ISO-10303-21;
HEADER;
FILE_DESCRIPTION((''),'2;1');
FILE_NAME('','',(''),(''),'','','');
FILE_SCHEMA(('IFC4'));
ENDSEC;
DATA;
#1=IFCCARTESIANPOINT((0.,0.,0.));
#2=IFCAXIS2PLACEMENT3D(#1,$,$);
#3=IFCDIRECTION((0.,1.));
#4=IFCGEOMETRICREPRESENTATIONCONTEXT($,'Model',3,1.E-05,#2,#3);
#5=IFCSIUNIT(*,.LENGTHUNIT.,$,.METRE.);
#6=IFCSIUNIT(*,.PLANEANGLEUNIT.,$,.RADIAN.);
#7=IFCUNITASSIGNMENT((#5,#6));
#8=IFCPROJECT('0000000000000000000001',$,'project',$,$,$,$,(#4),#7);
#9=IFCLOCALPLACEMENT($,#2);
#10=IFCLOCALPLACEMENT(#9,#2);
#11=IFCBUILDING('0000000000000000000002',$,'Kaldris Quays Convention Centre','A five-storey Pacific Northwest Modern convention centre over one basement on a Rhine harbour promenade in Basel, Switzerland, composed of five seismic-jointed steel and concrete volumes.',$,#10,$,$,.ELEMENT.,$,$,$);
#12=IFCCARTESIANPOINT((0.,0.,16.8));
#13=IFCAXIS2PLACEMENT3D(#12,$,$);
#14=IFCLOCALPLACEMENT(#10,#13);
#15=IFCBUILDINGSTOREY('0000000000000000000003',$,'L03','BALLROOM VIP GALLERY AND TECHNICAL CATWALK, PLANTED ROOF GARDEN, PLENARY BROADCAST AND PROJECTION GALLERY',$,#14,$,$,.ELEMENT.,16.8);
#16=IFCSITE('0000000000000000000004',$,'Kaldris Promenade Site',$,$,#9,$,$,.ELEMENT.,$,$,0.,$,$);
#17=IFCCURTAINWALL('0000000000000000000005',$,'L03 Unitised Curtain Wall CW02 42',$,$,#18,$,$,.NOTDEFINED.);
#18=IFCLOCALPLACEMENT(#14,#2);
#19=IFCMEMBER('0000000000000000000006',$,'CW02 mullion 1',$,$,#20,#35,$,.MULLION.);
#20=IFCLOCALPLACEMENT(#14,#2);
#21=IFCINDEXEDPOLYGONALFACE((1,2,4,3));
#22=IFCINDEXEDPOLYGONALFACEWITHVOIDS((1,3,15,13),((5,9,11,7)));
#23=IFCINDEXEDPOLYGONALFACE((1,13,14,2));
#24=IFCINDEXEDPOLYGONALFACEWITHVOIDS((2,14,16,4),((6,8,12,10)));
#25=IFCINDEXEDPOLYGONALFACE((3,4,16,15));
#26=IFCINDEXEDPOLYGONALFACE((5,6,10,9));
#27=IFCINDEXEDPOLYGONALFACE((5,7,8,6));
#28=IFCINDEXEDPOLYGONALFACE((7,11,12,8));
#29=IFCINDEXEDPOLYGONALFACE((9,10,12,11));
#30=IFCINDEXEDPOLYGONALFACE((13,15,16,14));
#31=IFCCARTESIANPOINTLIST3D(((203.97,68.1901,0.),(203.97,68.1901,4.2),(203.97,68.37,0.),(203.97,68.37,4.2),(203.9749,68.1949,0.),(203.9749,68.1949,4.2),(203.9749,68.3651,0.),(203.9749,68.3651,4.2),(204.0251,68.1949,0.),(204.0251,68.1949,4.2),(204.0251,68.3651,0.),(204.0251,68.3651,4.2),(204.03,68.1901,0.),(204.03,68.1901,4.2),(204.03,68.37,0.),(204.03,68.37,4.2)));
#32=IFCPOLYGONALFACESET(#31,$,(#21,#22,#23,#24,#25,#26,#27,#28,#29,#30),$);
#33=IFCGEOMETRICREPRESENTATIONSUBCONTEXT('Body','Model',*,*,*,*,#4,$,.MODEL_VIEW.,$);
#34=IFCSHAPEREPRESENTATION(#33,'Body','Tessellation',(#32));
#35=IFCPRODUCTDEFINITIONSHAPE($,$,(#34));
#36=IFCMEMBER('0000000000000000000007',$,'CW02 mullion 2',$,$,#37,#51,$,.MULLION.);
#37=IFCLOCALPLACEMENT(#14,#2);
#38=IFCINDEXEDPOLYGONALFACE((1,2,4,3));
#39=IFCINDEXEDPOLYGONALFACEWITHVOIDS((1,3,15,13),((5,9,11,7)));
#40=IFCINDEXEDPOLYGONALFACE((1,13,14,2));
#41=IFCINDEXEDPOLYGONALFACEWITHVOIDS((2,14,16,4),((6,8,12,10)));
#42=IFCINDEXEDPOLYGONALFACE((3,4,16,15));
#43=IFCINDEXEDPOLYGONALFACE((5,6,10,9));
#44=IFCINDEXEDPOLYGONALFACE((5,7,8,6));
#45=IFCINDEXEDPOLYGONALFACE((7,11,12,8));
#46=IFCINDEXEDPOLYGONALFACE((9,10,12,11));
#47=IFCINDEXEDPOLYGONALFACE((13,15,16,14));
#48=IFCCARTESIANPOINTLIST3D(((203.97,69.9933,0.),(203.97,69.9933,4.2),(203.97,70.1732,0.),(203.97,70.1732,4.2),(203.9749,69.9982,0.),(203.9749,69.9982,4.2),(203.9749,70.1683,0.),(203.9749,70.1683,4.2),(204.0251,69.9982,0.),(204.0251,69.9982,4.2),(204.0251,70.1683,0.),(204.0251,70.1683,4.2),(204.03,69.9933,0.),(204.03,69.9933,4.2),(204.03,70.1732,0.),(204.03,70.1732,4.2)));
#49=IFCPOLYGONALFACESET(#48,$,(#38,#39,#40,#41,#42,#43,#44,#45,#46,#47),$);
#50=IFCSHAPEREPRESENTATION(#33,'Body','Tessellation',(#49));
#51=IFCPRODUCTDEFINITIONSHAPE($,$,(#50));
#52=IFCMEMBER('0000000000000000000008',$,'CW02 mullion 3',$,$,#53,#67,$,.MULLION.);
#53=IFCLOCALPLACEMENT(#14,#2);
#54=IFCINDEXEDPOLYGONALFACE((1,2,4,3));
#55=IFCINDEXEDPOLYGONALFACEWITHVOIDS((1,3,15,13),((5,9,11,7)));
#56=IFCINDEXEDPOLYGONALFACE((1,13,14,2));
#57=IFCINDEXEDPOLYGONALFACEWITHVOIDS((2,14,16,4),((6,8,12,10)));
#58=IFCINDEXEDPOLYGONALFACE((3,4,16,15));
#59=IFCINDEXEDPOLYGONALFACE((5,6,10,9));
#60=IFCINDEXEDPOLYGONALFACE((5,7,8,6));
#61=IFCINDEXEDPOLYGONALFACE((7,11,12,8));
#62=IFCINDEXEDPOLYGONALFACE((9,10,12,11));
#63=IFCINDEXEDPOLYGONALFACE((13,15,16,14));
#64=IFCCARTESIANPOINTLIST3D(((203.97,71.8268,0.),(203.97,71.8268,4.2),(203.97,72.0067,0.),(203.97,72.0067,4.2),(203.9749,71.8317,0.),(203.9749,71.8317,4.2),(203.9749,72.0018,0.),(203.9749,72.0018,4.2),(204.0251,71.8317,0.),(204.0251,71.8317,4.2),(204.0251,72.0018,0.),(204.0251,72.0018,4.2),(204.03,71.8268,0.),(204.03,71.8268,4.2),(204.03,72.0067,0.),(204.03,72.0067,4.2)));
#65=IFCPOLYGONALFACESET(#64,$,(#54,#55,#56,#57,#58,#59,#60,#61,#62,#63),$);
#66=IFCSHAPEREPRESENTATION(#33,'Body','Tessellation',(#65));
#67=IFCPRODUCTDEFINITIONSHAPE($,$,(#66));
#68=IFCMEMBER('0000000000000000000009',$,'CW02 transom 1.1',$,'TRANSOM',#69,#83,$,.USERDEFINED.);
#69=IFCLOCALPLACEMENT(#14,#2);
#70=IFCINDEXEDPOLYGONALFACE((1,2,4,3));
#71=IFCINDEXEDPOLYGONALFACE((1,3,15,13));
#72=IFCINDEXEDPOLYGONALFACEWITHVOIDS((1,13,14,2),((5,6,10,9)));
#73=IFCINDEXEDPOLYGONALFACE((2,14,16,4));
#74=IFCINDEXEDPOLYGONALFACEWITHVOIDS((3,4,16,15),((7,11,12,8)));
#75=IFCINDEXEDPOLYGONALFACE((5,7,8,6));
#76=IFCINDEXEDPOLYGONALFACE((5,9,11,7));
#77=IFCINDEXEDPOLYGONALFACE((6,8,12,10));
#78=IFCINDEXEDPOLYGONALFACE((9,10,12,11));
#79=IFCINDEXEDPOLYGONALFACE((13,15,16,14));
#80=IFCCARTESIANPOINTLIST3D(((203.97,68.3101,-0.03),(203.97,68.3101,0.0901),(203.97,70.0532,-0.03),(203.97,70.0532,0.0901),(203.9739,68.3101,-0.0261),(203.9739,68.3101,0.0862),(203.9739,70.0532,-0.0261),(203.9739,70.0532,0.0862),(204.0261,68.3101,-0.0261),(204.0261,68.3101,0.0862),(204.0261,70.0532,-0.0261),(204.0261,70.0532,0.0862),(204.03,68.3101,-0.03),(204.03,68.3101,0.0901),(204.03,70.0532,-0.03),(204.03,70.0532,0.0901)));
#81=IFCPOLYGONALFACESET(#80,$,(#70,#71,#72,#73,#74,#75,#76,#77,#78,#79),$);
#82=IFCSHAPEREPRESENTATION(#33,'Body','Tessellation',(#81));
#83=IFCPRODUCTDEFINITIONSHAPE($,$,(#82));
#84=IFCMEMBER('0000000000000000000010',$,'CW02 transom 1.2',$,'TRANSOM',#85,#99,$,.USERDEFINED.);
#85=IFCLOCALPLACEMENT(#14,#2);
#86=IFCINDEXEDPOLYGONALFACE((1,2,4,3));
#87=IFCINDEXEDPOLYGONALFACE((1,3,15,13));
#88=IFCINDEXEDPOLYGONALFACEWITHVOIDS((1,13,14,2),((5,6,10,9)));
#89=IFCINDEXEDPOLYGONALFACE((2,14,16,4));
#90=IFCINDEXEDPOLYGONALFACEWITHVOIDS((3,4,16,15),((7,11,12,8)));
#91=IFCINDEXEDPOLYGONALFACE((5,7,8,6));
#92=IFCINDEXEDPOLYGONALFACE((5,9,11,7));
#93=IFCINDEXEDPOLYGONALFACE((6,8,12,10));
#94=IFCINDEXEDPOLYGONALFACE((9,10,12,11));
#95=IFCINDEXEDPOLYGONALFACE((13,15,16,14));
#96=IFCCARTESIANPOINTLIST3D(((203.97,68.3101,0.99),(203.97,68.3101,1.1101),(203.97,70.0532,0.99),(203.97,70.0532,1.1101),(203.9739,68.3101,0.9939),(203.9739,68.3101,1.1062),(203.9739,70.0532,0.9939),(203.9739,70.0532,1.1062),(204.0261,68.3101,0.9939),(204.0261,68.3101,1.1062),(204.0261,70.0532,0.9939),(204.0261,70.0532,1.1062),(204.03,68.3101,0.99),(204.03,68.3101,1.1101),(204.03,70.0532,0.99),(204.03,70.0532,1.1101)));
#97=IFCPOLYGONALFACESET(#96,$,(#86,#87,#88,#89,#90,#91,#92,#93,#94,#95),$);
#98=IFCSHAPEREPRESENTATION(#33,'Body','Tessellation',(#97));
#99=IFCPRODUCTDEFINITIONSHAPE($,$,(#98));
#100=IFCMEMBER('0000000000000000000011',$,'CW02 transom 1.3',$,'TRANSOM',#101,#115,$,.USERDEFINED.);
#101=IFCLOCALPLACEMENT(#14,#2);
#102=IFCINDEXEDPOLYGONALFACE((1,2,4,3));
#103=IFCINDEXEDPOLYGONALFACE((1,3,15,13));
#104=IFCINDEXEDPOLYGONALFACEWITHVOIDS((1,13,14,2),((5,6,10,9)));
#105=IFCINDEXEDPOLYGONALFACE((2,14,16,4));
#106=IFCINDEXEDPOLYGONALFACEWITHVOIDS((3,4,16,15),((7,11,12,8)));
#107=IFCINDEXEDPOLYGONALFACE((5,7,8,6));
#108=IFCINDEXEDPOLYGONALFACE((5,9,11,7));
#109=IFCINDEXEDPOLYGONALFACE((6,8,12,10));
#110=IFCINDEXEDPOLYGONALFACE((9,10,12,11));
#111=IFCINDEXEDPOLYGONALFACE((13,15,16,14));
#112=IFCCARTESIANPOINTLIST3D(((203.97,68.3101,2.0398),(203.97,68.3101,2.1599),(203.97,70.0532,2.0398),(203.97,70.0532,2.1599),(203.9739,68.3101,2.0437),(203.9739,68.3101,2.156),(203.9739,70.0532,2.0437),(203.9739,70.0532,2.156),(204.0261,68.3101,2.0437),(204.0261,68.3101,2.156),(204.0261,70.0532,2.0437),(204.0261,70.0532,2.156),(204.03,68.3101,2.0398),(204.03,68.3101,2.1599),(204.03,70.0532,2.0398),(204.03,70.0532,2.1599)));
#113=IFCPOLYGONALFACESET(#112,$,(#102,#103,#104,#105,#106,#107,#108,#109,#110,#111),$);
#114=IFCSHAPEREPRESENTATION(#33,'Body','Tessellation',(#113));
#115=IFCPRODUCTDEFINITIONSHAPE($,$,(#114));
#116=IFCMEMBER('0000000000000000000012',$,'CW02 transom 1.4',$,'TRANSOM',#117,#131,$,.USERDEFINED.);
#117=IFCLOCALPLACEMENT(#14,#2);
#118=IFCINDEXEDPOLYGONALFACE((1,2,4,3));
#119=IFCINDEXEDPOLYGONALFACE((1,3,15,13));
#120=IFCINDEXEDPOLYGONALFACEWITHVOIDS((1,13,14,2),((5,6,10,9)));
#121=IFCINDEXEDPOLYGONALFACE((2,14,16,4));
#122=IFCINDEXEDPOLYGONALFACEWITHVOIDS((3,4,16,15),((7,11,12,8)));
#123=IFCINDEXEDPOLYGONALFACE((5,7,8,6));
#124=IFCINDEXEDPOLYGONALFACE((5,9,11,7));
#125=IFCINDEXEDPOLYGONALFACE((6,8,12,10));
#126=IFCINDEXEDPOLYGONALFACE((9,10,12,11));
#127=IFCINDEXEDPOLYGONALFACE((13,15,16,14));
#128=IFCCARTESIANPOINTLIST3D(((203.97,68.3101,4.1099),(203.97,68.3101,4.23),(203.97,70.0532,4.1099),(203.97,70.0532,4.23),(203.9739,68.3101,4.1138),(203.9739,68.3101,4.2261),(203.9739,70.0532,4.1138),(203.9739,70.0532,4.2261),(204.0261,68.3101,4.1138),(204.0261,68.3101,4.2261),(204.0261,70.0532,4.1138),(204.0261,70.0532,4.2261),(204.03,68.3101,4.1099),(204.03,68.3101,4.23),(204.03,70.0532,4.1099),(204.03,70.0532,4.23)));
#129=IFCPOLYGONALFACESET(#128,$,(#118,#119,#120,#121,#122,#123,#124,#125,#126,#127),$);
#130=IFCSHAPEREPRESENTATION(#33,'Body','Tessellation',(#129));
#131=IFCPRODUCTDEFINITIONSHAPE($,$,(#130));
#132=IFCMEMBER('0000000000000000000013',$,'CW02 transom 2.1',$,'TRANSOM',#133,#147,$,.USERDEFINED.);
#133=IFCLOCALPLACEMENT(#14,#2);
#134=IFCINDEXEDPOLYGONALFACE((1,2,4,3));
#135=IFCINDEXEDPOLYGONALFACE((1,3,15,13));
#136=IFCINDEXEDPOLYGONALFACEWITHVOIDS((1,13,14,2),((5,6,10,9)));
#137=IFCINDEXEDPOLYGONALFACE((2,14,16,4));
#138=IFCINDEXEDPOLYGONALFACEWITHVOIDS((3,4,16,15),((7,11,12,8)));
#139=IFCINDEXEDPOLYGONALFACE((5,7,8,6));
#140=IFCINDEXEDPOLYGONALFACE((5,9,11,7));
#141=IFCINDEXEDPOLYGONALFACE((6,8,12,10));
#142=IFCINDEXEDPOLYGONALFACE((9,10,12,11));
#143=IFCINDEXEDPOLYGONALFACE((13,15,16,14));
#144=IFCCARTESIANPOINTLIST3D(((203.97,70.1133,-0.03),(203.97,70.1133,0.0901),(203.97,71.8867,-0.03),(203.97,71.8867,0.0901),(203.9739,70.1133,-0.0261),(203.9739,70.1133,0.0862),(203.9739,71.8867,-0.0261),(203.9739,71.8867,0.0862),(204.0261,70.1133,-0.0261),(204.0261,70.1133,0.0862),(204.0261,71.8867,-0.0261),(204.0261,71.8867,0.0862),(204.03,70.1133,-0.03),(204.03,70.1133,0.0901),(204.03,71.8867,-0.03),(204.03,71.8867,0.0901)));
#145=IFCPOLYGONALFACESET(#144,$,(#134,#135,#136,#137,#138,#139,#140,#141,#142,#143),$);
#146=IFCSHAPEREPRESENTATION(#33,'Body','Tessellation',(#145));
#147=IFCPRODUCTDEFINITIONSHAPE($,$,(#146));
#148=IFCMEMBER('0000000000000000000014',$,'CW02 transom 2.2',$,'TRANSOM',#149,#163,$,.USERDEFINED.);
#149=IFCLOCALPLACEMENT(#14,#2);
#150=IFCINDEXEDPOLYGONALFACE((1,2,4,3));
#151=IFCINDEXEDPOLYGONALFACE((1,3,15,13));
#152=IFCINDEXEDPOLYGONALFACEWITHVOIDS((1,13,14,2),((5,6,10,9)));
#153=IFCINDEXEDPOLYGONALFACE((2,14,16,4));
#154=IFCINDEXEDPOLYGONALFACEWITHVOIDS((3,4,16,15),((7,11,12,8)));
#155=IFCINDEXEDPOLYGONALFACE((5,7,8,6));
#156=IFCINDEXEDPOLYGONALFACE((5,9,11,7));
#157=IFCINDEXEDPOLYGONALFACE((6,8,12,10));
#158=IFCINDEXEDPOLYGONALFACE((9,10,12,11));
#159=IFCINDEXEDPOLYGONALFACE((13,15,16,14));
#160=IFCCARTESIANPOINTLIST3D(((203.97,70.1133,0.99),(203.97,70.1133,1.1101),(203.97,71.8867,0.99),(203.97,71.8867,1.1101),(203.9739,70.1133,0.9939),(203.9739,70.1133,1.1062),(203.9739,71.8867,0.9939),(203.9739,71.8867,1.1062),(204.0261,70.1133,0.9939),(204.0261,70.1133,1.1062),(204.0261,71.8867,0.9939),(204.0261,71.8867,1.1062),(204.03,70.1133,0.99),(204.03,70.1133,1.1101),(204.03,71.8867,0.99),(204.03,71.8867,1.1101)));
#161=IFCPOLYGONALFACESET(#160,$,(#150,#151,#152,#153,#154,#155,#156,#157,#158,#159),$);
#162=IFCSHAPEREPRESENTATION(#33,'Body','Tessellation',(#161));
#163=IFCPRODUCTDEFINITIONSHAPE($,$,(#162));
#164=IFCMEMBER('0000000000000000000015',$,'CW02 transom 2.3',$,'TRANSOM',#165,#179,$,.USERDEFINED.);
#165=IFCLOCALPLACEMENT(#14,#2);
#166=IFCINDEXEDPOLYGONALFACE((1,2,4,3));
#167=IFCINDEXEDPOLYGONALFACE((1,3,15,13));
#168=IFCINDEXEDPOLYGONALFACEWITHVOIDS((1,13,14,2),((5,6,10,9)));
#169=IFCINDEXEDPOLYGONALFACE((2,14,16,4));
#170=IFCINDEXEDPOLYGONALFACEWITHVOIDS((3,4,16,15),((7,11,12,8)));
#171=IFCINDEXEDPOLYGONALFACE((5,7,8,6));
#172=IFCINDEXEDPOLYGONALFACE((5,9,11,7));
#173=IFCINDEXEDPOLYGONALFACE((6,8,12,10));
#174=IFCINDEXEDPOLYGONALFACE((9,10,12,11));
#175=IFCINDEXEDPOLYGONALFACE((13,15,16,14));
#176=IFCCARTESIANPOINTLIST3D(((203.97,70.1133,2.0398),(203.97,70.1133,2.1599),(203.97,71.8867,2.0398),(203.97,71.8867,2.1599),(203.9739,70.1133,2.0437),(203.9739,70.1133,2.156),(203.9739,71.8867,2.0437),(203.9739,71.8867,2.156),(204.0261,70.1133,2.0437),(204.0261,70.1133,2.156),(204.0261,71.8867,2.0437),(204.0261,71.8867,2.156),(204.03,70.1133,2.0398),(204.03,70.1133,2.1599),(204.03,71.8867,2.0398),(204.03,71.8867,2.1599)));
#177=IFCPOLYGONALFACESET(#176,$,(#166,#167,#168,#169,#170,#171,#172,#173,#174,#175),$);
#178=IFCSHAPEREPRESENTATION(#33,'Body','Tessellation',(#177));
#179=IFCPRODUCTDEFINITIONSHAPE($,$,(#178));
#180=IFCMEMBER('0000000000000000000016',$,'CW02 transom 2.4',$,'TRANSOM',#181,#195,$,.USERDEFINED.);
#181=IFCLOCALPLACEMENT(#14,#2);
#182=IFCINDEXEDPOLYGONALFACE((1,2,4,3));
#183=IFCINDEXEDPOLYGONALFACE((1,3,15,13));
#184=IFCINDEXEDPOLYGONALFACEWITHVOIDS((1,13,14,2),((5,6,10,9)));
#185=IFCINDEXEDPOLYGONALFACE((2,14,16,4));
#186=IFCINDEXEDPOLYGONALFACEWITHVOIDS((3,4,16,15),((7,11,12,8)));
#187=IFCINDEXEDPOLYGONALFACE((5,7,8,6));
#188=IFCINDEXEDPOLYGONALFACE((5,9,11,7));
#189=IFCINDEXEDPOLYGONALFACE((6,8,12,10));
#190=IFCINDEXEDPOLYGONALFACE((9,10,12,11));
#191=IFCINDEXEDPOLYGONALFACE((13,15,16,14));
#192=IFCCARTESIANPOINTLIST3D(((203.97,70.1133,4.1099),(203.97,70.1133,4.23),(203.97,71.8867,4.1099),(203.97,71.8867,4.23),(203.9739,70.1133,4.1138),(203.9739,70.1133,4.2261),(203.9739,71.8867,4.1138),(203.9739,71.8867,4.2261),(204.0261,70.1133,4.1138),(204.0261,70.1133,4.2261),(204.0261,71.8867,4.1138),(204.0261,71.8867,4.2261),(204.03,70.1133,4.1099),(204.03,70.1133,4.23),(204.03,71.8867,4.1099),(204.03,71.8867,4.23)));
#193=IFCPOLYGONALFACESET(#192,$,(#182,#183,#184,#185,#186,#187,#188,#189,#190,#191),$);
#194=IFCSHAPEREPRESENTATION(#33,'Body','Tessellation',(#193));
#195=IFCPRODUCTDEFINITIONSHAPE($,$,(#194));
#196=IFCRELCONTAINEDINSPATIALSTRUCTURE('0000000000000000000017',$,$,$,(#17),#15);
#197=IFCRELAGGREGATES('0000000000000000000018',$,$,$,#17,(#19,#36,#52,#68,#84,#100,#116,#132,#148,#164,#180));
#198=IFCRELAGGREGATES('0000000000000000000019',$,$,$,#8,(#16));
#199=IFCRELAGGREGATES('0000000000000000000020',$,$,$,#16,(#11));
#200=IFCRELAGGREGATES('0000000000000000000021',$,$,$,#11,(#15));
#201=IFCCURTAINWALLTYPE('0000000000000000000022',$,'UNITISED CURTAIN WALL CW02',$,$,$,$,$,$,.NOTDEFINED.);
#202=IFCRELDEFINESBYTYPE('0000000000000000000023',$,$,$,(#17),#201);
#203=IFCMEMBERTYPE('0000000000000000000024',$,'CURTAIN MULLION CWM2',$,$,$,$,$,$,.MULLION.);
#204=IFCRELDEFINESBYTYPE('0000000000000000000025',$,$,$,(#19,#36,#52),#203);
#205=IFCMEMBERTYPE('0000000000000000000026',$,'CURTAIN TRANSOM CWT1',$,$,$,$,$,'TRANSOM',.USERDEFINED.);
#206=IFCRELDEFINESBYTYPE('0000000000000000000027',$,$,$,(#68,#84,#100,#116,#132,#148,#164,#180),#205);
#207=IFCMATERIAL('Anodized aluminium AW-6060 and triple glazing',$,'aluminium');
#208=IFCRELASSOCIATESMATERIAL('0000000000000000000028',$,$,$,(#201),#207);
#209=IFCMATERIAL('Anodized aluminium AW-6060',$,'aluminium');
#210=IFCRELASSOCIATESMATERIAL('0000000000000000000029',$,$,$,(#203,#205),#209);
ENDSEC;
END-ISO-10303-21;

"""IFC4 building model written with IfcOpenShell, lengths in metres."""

from ifc_helpers import new_model, si_unit, direction, frame, origin, origin_2d, place, context, subcontext, project, spatial, hollow_rectangle, extrude, material, material_profile, profile_set, type_object, element, aggregate, save


model = new_model("IFC4")

# Units and contexts
model_context = context("Model", 3, precision=1e-05, world=origin(), true_north=direction((0.0, 1.0)))
body_context = subcontext(model_context, "Body", "Model", "MODEL_VIEW")
ifc_project = project(units=[si_unit("LENGTHUNIT", "METRE"), si_unit("PLANEANGLEUNIT", "RADIAN")], contexts=[model_context])

# Site, building, storey
site_placement = place(None, origin())
site = spatial("IfcSite", under=ifc_project, at=site_placement, Name="Kaldris Promenade Site", CompositionType="ELEMENT", RefElevation=0.0)
building_placement = place(site_placement, origin())
building = spatial("IfcBuilding", under=site, at=building_placement, Name="Kaldris Quays Convention Centre", Description="A five-storey Pacific Northwest Modern convention centre over one basement on a Rhine harbour promenade in Basel, Switzerland, composed of five seismic-jointed steel and concrete volumes.", CompositionType="ELEMENT")
storey_placement = place(building_placement, frame((0.0, 0.0, 16.8)))
storey = spatial("IfcBuildingStorey", under=building, at=storey_placement, Name="L03", Description="BALLROOM VIP GALLERY AND TECHNICAL CATWALK, PLANTED ROOF GARDEN, PLENARY BROADCAST AND PROJECTION GALLERY", CompositionType="ELEMENT", Elevation=16.8)

# Curtain wall, members
ifc_material_1 = material(Name="Anodized aluminium AW-6060 and triple glazing", Category="aluminium")
curtain_wall_type = type_object("IfcCurtainWallType", Name="UNITISED CURTAIN WALL CW02", PredefinedType="NOTDEFINED", material=ifc_material_1)
curtain_wall_placement = place(storey_placement, origin())
curtain_wall = element("IfcCurtainWall", 1, at=curtain_wall_placement, inside=storey, type_object=curtain_wall_type, Name="L03 Unitised Curtain Wall CW02 42", PredefinedType="NOTDEFINED")
ifc_material_2 = material(Name="Anodized aluminium AW-6060", Category="aluminium")
ifc_material_profile_1 = material_profile(ifc_material_2, hollow_rectangle(XDim=0.0601, YDim=0.1799, WallThickness=0.0049, at=origin_2d()), Name="RHS 180x60x5")
ifc_profile_set_1 = profile_set([ifc_material_profile_1], Name="Anodized aluminium AW-6060")
member_type_1 = type_object("IfcMemberType", Name="CURTAIN MULLION CWM2", PredefinedType="MULLION", material=ifc_profile_set_1)
member_1_placement = place(storey_placement, frame((204.0, 68.28, 0.0), z_axis=(0.0, 0.0, 1.0), x_axis=(-1.0, 0.0, 0.0)))
member_1 = element("IfcMember", 2, at=member_1_placement, type_object=member_type_1, Name="CW02 mullion 1", PredefinedType="MULLION", context=body_context, shape_type="SweptSolid", body=[
    extrude(hollow_rectangle(XDim=0.0601, YDim=0.1799, WallThickness=0.0049, at=origin_2d()), origin(), (0.0, 0.0, 1.0), 4.2),
])
member_2_placement = place(storey_placement, frame((204.0, 70.0833, 0.0), z_axis=(0.0, 0.0, 1.0), x_axis=(-1.0, 0.0, 0.0)))
member_2 = element("IfcMember", 3, at=member_2_placement, type_object=member_type_1, Name="CW02 mullion 2", PredefinedType="MULLION", context=body_context, shape_type="SweptSolid", body=[
    extrude(hollow_rectangle(XDim=0.0601, YDim=0.1799, WallThickness=0.0049, at=origin_2d()), origin(), (0.0, 0.0, 1.0), 4.2),
])
member_3_placement = place(storey_placement, frame((204.0, 71.9167, 0.0), z_axis=(0.0, 0.0, 1.0), x_axis=(-1.0, 0.0, 0.0)))
member_3 = element("IfcMember", 4, at=member_3_placement, type_object=member_type_1, Name="CW02 mullion 3", PredefinedType="MULLION", context=body_context, shape_type="SweptSolid", body=[
    extrude(hollow_rectangle(XDim=0.0601, YDim=0.1799, WallThickness=0.0049, at=origin_2d()), origin(), (0.0, 0.0, 1.0), 4.2),
])
ifc_material_profile_2 = material_profile(ifc_material_2, hollow_rectangle(XDim=0.0601, YDim=0.1201, WallThickness=0.0039, at=origin_2d()), Name="RHS 120x60x4")
ifc_profile_set_2 = profile_set([ifc_material_profile_2], Name="Anodized aluminium AW-6060")
member_type_2 = type_object("IfcMemberType", Name="CURTAIN TRANSOM CWT1", ElementType="TRANSOM", PredefinedType="USERDEFINED", material=ifc_profile_set_2)
member_4_placement = place(storey_placement, frame((204.0, 68.3101, 0.03), z_axis=(0.0, 1.0, 0.0), x_axis=(-1.0, 0.0, 0.0)))
member_4 = element("IfcMember", 5, at=member_4_placement, type_object=member_type_2, Name="CW02 transom 1.1", ObjectType="TRANSOM", PredefinedType="USERDEFINED", context=body_context, shape_type="SweptSolid", body=[
    extrude(hollow_rectangle(XDim=0.0601, YDim=0.1201, WallThickness=0.0039, at=origin_2d()), origin(), (0.0, 0.0, 1.0), 1.7432),
])
member_5_placement = place(storey_placement, frame((204.0, 68.3101, 1.05), z_axis=(0.0, 1.0, 0.0), x_axis=(-1.0, 0.0, 0.0)))
member_5 = element("IfcMember", 6, at=member_5_placement, type_object=member_type_2, Name="CW02 transom 1.2", ObjectType="TRANSOM", PredefinedType="USERDEFINED", context=body_context, shape_type="SweptSolid", body=[
    extrude(hollow_rectangle(XDim=0.0601, YDim=0.1201, WallThickness=0.0039, at=origin_2d()), origin(), (0.0, 0.0, 1.0), 1.7432),
])
member_6_placement = place(storey_placement, frame((204.0, 68.3101, 2.0999), z_axis=(0.0, 1.0, 0.0), x_axis=(-1.0, 0.0, 0.0)))
member_6 = element("IfcMember", 7, at=member_6_placement, type_object=member_type_2, Name="CW02 transom 1.3", ObjectType="TRANSOM", PredefinedType="USERDEFINED", context=body_context, shape_type="SweptSolid", body=[
    extrude(hollow_rectangle(XDim=0.0601, YDim=0.1201, WallThickness=0.0039, at=origin_2d()), origin(), (0.0, 0.0, 1.0), 1.7432),
])
member_7_placement = place(storey_placement, frame((204.0, 68.3101, 4.1699), z_axis=(0.0, 1.0, 0.0), x_axis=(-1.0, 0.0, 0.0)))
member_7 = element("IfcMember", 8, at=member_7_placement, type_object=member_type_2, Name="CW02 transom 1.4", ObjectType="TRANSOM", PredefinedType="USERDEFINED", context=body_context, shape_type="SweptSolid", body=[
    extrude(hollow_rectangle(XDim=0.0601, YDim=0.1201, WallThickness=0.0039, at=origin_2d()), origin(), (0.0, 0.0, 1.0), 1.7432),
])
member_8_placement = place(storey_placement, frame((204.0, 70.1133, 0.03), z_axis=(0.0, 1.0, 0.0), x_axis=(-1.0, 0.0, 0.0)))
member_8 = element("IfcMember", 9, at=member_8_placement, type_object=member_type_2, Name="CW02 transom 2.1", ObjectType="TRANSOM", PredefinedType="USERDEFINED", context=body_context, shape_type="SweptSolid", body=[
    extrude(hollow_rectangle(XDim=0.0601, YDim=0.1201, WallThickness=0.0039, at=origin_2d()), origin(), (0.0, 0.0, 1.0), 1.7734),
])
member_9_placement = place(storey_placement, frame((204.0, 70.1133, 1.05), z_axis=(0.0, 1.0, 0.0), x_axis=(-1.0, 0.0, 0.0)))
member_9 = element("IfcMember", 10, at=member_9_placement, type_object=member_type_2, Name="CW02 transom 2.2", ObjectType="TRANSOM", PredefinedType="USERDEFINED", context=body_context, shape_type="SweptSolid", body=[
    extrude(hollow_rectangle(XDim=0.0601, YDim=0.1201, WallThickness=0.0039, at=origin_2d()), origin(), (0.0, 0.0, 1.0), 1.7734),
])
member_10_placement = place(storey_placement, frame((204.0, 70.1133, 2.0999), z_axis=(0.0, 1.0, 0.0), x_axis=(-1.0, 0.0, 0.0)))
member_10 = element("IfcMember", 11, at=member_10_placement, type_object=member_type_2, Name="CW02 transom 2.3", ObjectType="TRANSOM", PredefinedType="USERDEFINED", context=body_context, shape_type="SweptSolid", body=[
    extrude(hollow_rectangle(XDim=0.0601, YDim=0.1201, WallThickness=0.0039, at=origin_2d()), origin(), (0.0, 0.0, 1.0), 1.7734),
])
member_11_placement = place(storey_placement, frame((204.0, 70.1133, 4.1699), z_axis=(0.0, 1.0, 0.0), x_axis=(-1.0, 0.0, 0.0)))
member_11 = element("IfcMember", 12, at=member_11_placement, type_object=member_type_2, Name="CW02 transom 2.4", ObjectType="TRANSOM", PredefinedType="USERDEFINED", context=body_context, shape_type="SweptSolid", body=[
    extrude(hollow_rectangle(XDim=0.0601, YDim=0.1201, WallThickness=0.0039, at=origin_2d()), origin(), (0.0, 0.0, 1.0), 1.7734),
])

aggregate(curtain_wall, [member_1, member_2, member_3, member_4, member_5, member_6, member_7, member_8, member_9, member_10, member_11])

save(model, "model.ifc")
